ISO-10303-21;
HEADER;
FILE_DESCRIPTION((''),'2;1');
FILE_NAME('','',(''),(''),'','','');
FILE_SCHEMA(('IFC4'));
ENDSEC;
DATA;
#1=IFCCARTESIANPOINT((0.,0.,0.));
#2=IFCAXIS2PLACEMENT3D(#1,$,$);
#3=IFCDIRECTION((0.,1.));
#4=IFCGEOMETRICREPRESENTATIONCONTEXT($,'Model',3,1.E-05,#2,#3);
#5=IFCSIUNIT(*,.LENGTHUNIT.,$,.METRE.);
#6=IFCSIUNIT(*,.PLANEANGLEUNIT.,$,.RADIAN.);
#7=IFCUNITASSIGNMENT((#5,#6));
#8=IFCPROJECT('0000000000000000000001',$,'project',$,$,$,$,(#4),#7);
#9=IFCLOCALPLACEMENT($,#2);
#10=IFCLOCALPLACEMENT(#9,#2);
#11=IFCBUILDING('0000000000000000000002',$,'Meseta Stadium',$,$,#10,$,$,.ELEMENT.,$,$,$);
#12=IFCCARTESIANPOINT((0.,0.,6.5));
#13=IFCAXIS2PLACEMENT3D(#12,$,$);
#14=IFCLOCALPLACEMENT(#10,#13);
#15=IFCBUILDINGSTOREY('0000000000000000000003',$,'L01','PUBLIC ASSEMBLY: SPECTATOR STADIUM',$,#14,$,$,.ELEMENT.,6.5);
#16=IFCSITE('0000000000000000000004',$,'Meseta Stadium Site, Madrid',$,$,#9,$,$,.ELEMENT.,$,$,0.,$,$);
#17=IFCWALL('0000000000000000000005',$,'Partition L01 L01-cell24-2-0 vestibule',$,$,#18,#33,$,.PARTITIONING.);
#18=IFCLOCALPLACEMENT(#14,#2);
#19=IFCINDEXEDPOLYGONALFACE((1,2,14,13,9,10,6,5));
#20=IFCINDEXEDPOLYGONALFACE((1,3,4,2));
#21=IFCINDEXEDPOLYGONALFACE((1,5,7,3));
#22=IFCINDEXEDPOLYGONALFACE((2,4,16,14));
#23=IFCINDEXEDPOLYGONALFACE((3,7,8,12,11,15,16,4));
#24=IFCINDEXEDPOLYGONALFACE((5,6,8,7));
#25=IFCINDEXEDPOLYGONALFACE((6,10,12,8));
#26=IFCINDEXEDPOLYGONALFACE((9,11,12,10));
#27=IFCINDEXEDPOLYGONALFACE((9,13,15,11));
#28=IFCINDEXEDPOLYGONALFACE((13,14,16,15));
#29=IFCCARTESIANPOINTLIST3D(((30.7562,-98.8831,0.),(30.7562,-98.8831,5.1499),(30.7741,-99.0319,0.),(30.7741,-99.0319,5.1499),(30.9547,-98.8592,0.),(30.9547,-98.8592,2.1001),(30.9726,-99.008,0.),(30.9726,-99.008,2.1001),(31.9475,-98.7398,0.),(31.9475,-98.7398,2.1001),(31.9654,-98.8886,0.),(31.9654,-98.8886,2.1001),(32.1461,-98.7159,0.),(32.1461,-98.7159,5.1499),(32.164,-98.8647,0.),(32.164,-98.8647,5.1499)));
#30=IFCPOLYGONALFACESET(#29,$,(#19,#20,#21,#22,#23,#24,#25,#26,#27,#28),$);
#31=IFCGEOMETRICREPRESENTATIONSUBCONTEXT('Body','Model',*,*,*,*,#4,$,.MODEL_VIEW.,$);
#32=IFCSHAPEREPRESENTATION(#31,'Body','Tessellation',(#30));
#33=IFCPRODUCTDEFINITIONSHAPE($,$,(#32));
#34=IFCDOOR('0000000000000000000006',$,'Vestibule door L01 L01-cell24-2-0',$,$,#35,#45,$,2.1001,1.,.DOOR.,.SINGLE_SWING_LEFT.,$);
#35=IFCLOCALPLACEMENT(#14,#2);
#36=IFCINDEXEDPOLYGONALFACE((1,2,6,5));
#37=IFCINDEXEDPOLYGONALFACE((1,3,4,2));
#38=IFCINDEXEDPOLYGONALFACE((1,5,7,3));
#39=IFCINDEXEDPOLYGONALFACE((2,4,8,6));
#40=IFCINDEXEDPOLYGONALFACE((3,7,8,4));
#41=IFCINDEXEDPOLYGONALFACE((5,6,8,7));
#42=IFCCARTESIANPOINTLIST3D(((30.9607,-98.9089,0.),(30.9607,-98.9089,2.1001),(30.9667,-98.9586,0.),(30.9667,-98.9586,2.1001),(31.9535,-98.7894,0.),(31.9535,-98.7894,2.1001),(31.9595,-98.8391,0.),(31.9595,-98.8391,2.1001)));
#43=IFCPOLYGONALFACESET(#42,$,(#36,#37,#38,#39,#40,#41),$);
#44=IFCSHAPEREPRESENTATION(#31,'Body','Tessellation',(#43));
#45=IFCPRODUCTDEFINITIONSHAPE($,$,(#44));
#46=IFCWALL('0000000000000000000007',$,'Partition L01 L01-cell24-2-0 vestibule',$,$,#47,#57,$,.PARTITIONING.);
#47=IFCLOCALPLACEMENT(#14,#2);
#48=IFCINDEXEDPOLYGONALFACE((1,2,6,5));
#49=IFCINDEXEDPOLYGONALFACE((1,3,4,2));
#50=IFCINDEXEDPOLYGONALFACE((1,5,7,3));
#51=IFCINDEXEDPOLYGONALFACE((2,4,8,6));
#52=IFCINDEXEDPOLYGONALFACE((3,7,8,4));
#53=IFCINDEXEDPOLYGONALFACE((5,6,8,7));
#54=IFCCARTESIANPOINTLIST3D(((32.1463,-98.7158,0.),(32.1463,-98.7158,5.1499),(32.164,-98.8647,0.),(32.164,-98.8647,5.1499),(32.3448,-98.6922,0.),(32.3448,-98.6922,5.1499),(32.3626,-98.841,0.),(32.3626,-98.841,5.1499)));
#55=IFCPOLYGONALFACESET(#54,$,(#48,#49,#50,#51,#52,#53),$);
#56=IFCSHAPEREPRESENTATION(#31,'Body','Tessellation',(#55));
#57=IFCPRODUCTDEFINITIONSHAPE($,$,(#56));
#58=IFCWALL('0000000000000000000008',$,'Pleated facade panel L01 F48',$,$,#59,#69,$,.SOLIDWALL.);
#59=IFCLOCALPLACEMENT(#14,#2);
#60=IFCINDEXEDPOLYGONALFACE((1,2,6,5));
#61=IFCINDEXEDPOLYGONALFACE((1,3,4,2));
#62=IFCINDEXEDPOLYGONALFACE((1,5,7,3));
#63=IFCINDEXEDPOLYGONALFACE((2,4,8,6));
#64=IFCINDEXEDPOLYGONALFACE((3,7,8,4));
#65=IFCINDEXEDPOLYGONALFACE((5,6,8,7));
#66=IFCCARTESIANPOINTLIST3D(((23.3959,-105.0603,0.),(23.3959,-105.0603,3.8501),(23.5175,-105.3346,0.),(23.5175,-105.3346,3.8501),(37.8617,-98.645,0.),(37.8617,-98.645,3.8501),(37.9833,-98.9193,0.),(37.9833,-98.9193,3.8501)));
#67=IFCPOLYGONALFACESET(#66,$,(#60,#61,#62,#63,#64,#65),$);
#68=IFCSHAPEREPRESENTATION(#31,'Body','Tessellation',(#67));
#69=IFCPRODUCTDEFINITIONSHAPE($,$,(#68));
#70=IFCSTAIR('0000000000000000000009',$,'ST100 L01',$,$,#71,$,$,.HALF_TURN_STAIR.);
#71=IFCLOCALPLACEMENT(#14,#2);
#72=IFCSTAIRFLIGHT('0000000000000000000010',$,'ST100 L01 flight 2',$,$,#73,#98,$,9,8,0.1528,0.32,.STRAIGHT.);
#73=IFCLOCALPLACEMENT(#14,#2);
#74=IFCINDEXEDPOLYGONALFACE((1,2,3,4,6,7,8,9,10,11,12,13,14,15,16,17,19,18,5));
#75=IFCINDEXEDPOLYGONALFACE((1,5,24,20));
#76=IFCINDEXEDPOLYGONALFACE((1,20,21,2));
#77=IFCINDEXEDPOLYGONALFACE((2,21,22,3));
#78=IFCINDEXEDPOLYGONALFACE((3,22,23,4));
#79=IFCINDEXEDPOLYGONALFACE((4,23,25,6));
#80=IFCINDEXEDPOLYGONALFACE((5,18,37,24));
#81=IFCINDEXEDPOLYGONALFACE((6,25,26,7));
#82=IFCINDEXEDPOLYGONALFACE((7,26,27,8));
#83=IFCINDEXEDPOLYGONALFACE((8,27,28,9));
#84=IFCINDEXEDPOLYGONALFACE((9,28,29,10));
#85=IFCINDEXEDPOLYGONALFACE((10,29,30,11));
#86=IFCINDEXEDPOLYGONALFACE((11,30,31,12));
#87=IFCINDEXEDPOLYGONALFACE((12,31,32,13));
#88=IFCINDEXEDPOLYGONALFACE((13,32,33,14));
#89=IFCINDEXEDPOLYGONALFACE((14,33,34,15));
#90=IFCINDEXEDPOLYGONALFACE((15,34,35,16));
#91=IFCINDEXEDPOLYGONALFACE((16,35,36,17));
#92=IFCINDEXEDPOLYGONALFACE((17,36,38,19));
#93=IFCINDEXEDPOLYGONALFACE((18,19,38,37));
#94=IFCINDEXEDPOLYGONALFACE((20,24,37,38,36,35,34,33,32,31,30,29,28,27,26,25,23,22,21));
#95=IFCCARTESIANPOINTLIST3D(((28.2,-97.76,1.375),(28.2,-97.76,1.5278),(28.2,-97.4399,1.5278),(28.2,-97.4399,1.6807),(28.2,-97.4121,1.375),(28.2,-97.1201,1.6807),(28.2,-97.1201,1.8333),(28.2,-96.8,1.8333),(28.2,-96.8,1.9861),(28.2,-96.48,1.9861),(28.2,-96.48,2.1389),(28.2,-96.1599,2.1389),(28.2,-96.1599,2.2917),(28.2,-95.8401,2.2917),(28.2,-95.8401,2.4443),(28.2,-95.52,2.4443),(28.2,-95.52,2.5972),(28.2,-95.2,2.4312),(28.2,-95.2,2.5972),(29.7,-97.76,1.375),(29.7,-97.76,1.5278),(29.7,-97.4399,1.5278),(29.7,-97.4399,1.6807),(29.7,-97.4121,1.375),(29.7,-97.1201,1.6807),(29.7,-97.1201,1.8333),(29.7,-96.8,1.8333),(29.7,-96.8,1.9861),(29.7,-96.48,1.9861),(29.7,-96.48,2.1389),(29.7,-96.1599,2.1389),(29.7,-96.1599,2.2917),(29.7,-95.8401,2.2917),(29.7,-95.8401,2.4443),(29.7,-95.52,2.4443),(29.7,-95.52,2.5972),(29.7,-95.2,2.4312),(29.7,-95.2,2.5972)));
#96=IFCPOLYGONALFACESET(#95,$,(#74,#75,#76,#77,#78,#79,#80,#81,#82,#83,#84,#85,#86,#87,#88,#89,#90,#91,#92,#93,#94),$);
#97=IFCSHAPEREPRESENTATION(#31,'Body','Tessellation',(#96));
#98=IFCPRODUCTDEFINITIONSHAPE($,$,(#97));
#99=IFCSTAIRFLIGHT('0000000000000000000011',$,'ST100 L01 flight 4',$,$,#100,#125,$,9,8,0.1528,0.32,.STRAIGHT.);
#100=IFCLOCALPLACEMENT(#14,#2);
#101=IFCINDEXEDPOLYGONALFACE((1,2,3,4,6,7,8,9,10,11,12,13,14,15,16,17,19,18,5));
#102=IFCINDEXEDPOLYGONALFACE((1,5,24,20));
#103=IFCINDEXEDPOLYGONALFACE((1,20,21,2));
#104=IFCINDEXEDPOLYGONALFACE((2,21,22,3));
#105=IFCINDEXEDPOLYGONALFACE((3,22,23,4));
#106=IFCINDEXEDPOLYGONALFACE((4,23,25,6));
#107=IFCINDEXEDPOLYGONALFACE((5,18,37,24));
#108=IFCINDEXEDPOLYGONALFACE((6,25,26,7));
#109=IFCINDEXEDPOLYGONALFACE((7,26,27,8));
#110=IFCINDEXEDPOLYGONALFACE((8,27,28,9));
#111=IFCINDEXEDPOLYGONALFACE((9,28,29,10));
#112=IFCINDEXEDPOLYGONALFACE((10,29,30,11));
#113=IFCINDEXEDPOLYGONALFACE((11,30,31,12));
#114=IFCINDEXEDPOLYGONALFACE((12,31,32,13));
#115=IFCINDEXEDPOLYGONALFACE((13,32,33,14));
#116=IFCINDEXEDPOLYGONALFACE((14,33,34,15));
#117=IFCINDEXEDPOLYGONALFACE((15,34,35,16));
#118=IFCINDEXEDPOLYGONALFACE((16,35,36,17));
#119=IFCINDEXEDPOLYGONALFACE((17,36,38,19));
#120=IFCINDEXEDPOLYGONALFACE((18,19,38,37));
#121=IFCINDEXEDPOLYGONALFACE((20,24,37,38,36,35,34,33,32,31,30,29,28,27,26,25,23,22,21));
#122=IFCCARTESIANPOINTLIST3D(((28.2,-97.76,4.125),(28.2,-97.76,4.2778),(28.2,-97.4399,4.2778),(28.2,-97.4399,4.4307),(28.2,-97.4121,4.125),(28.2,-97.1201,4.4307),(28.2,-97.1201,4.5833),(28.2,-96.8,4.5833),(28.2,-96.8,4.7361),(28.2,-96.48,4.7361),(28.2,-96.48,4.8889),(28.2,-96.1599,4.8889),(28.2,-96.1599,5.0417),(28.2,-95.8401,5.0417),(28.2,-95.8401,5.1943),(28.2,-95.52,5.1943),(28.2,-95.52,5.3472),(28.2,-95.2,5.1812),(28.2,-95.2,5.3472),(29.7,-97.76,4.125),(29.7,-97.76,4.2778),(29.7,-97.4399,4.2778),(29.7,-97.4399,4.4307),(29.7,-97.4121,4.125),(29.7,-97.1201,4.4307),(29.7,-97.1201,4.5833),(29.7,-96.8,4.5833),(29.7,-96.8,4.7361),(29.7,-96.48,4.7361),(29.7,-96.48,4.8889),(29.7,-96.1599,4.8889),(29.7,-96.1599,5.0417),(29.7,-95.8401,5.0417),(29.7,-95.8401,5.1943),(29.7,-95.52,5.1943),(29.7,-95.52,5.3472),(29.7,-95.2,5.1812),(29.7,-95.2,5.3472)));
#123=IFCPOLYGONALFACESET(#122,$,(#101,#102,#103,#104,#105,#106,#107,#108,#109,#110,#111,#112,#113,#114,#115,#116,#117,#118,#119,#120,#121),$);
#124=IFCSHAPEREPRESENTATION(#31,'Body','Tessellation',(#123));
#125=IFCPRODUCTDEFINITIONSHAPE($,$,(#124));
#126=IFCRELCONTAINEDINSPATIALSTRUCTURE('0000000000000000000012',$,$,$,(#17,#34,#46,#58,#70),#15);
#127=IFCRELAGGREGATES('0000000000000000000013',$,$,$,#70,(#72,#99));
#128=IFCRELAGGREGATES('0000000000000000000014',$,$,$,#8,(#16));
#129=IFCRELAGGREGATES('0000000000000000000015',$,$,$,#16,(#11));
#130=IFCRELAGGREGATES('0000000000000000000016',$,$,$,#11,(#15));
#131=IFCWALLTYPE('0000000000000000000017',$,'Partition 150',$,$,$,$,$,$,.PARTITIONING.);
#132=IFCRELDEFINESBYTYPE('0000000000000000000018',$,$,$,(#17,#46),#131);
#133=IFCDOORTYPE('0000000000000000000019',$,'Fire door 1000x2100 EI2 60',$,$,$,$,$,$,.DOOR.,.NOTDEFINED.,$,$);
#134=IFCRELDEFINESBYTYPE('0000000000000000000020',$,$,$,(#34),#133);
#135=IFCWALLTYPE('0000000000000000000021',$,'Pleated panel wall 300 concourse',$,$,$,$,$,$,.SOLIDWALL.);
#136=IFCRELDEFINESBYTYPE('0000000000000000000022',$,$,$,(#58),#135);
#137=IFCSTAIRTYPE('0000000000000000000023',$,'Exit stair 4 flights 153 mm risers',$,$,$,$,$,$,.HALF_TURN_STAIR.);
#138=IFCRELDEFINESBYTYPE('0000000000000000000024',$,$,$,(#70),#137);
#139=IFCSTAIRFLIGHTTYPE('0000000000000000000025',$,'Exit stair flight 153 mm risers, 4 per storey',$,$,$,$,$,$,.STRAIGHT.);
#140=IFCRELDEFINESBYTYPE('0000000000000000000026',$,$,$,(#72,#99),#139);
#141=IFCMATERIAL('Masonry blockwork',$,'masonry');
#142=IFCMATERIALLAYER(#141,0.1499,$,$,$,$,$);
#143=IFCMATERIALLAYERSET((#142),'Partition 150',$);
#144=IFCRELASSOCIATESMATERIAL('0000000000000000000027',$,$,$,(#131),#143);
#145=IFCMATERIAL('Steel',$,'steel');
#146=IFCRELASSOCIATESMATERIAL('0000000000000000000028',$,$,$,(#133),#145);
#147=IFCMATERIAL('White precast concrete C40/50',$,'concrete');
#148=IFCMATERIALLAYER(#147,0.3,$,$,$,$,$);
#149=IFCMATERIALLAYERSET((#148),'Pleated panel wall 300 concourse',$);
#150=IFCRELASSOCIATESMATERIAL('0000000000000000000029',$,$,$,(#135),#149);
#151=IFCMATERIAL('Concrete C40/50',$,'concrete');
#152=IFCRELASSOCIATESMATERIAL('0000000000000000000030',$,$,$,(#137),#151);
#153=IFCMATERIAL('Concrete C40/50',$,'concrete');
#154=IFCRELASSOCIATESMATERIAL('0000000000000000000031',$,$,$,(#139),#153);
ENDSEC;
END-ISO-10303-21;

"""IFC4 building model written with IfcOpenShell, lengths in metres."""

from ifc_helpers import new_model, si_unit, direction, frame, frame_2d, origin, place, context, subcontext, project, spatial, polyline, rectangle, outline, extrude, material, layer, layer_set, type_object, element, fill, aggregate, save


model = new_model("IFC4")

# Units and contexts
model_context = context("Model", 3, precision=1e-05, world=origin(), true_north=direction((0.0, 1.0)))
body_context = subcontext(model_context, "Body", "Model", "MODEL_VIEW")
ifc_project = project(units=[si_unit("LENGTHUNIT", "METRE"), si_unit("PLANEANGLEUNIT", "RADIAN")], contexts=[model_context])

# Site, building, storey
site_placement = place(None, origin())
site = spatial("IfcSite", under=ifc_project, at=site_placement, Name="Meseta Stadium Site, Madrid", CompositionType="ELEMENT", RefElevation=0.0)
building_placement = place(site_placement, origin())
building = spatial("IfcBuilding", under=site, at=building_placement, Name="Meseta Stadium", CompositionType="ELEMENT")
storey_placement = place(building_placement, frame((0.0, 0.0, 6.5)))
storey = spatial("IfcBuildingStorey", under=building, at=storey_placement, Name="L01", Description="PUBLIC ASSEMBLY: SPECTATOR STADIUM", CompositionType="ELEMENT", Elevation=6.5)

# Shared definitions
ifc_material_1 = material(Name="Masonry blockwork", Category="masonry")
ifc_layer_1 = layer(ifc_material_1, 0.1499)
ifc_layer_set_1 = layer_set([ifc_layer_1], Name="Partition 150")
wall_type_1 = type_object("IfcWallType", Name="Partition 150", PredefinedType="PARTITIONING", material=ifc_layer_set_1)

# Wall, opening, door
wall_1_placement = place(storey_placement, frame((30.7651, -98.9575, 0.0), z_axis=(0.0, 0.0, 1.0), x_axis=(0.992839, 0.119462, 0.0)))
wall_1 = element("IfcWall", 1, at=wall_1_placement, inside=storey, type_object=wall_type_1, Name="Partition L01 L01-cell24-2-0 vestibule", PredefinedType="PARTITIONING", context=body_context, shape_type="SweptSolid", body=[
    extrude(rectangle(XDim=1.3999, YDim=0.1499, at=frame_2d((0.7, 0.0))), origin(), (0.0, 0.0, 1.0), 5.1499),
])
opening_placement = place(wall_1_placement, frame((0.2, 0.0, 0.0)))
opening = element("IfcOpeningElement", 2, at=opening_placement, cuts=wall_1, PredefinedType="OPENING", context=body_context, shape_type="SweptSolid", body=[
    extrude(rectangle(XDim=1.0, YDim=2.1001, at=frame_2d((0.5, 1.05))), frame((0.0, 0.085, 0.0), z_axis=(0.0, -1.0, 0.0), x_axis=(1.0, 0.0, 0.0)), (0.0, 0.0, 1.0), 0.1699),
])
ifc_material_2 = material(Name="Steel", Category="steel")
door_type = type_object("IfcDoorType", Name="Fire door 1000x2100 EI2 60", OperationType="NOTDEFINED", PredefinedType="DOOR", material=ifc_material_2)
door_placement = place(opening_placement, origin())
door = element("IfcDoor", 3, at=door_placement, inside=storey, type_object=door_type, Name="Vestibule door L01 L01-cell24-2-0", OperationType="SINGLE_SWING_LEFT", OverallHeight=2.1001, OverallWidth=1.0, PredefinedType="DOOR", context=body_context, shape_type="SweptSolid", body=[
    extrude(rectangle(XDim=1.0, YDim=2.1001, at=frame_2d((0.5, 1.05))), frame((0.0, 0.0249, 0.0), z_axis=(0.0, -1.0, 0.0), x_axis=(1.0, 0.0, 0.0)), (0.0, 0.0, 1.0), 0.05),
])
fill(opening, door)

# Walls
wall_2_placement = place(storey_placement, frame((32.155, -98.7903, 0.0), z_axis=(0.0, 0.0, 1.0), x_axis=(0.992958, 0.118471, 0.0)))
element("IfcWall", 4, at=wall_2_placement, inside=storey, type_object=wall_type_1, Name="Partition L01 L01-cell24-2-0 vestibule", PredefinedType="PARTITIONING", context=body_context, shape_type="SweptSolid", body=[
    extrude(rectangle(XDim=0.2, YDim=0.1499, at=frame_2d((0.1001, 0.0))), origin(), (0.0, 0.0, 1.0), 5.1499),
])
ifc_material_3 = material(Name="White precast concrete C40/50", Category="concrete")
ifc_layer_2 = layer(ifc_material_3, 0.3)
ifc_layer_set_2 = layer_set([ifc_layer_2], Name="Pleated panel wall 300 concourse")
wall_type_2 = type_object("IfcWallType", Name="Pleated panel wall 300 concourse", PredefinedType="SOLIDWALL", material=ifc_layer_set_2)
wall_3_placement = place(storey_placement, frame((37.9224, -98.7822, 0.0), z_axis=(0.0, 0.0, 1.0), x_axis=(-0.914139, -0.405401, 0.0)))
element("IfcWall", 5, at=wall_3_placement, inside=storey, type_object=wall_type_2, Name="Pleated facade panel L01 F48", PredefinedType="SOLIDWALL", context=body_context, shape_type="SweptSolid", body=[
    extrude(rectangle(XDim=15.8245, YDim=0.3, at=frame_2d((7.9121, 0.0))), origin(), (0.0, 0.0, 1.0), 3.8501),
])

# Stair, stair flights
ifc_material_4 = material(Name="Concrete C40/50", Category="concrete")
stair_type = type_object("IfcStairType", Name="Exit stair 4 flights 153 mm risers", PredefinedType="HALF_TURN_STAIR", material=ifc_material_4)
stair_placement = place(storey_placement, origin())
stair = element("IfcStair", 6, at=stair_placement, inside=storey, type_object=stair_type, Name="ST100 L01", PredefinedType="HALF_TURN_STAIR")
ifc_material_5 = material(Name="Concrete C40/50", Category="concrete")
stair_flight_type = type_object("IfcStairFlightType", Name="Exit stair flight 153 mm risers, 4 per storey", PredefinedType="STRAIGHT", material=ifc_material_5)
stair_flight_1_placement = place(storey_placement, frame((28.95, -97.76, 1.375), z_axis=(0.0, 0.0, 1.0), x_axis=(0.0, 1.0, 0.0)))
stair_flight_1 = element("IfcStairFlight", 7, at=stair_flight_1_placement, type_object=stair_flight_type, Name="ST100 L01 flight 2", NumberOfRisers=9, NumberOfTreads=8, PredefinedType="STRAIGHT", RiserHeight=0.1528, TreadLength=0.32, context=body_context, shape_type="SweptSolid", body=[
    extrude(outline(polyline([(0.0, 0.0), (0.0, 0.1528), (0.3201, 0.1528), (0.3201, 0.3057), (0.6399, 0.3057), (0.6399, 0.4583), (0.96, 0.4583), (0.96, 0.6111), (1.28, 0.6111), (1.28, 0.7639), (1.6001, 0.7639), (1.6001, 0.9167), (1.9199, 0.9167), (1.9199, 1.0693), (2.24, 1.0693), (2.24, 1.2222), (2.5601, 1.2222), (2.5601, 1.0562), (0.3479, 0.0), (0.0, 0.0)])), frame((0.0, 0.75, 0.0), z_axis=(0.0, -1.0, 0.0), x_axis=(1.0, 0.0, 0.0)), (0.0, 0.0, 1.0), 1.5),
])
stair_flight_2_placement = place(storey_placement, frame((28.95, -97.76, 4.125), z_axis=(0.0, 0.0, 1.0), x_axis=(0.0, 1.0, 0.0)))
stair_flight_2 = element("IfcStairFlight", 8, at=stair_flight_2_placement, type_object=stair_flight_type, Name="ST100 L01 flight 4", NumberOfRisers=9, NumberOfTreads=8, PredefinedType="STRAIGHT", RiserHeight=0.1528, TreadLength=0.32, context=body_context, shape_type="SweptSolid", body=[
    extrude(outline(polyline([(0.0, 0.0), (0.0, 0.1528), (0.3201, 0.1528), (0.3201, 0.3057), (0.6399, 0.3057), (0.6399, 0.4583), (0.96, 0.4583), (0.96, 0.6111), (1.28, 0.6111), (1.28, 0.7639), (1.6001, 0.7639), (1.6001, 0.9167), (1.9199, 0.9167), (1.9199, 1.0693), (2.24, 1.0693), (2.24, 1.2222), (2.5601, 1.2222), (2.5601, 1.0562), (0.3479, 0.0), (0.0, 0.0)])), frame((0.0, 0.75, 0.0), z_axis=(0.0, -1.0, 0.0), x_axis=(1.0, 0.0, 0.0)), (0.0, 0.0, 1.0), 1.5),
])
aggregate(stair, [stair_flight_1, stair_flight_2])

save(model, "model.ifc")
